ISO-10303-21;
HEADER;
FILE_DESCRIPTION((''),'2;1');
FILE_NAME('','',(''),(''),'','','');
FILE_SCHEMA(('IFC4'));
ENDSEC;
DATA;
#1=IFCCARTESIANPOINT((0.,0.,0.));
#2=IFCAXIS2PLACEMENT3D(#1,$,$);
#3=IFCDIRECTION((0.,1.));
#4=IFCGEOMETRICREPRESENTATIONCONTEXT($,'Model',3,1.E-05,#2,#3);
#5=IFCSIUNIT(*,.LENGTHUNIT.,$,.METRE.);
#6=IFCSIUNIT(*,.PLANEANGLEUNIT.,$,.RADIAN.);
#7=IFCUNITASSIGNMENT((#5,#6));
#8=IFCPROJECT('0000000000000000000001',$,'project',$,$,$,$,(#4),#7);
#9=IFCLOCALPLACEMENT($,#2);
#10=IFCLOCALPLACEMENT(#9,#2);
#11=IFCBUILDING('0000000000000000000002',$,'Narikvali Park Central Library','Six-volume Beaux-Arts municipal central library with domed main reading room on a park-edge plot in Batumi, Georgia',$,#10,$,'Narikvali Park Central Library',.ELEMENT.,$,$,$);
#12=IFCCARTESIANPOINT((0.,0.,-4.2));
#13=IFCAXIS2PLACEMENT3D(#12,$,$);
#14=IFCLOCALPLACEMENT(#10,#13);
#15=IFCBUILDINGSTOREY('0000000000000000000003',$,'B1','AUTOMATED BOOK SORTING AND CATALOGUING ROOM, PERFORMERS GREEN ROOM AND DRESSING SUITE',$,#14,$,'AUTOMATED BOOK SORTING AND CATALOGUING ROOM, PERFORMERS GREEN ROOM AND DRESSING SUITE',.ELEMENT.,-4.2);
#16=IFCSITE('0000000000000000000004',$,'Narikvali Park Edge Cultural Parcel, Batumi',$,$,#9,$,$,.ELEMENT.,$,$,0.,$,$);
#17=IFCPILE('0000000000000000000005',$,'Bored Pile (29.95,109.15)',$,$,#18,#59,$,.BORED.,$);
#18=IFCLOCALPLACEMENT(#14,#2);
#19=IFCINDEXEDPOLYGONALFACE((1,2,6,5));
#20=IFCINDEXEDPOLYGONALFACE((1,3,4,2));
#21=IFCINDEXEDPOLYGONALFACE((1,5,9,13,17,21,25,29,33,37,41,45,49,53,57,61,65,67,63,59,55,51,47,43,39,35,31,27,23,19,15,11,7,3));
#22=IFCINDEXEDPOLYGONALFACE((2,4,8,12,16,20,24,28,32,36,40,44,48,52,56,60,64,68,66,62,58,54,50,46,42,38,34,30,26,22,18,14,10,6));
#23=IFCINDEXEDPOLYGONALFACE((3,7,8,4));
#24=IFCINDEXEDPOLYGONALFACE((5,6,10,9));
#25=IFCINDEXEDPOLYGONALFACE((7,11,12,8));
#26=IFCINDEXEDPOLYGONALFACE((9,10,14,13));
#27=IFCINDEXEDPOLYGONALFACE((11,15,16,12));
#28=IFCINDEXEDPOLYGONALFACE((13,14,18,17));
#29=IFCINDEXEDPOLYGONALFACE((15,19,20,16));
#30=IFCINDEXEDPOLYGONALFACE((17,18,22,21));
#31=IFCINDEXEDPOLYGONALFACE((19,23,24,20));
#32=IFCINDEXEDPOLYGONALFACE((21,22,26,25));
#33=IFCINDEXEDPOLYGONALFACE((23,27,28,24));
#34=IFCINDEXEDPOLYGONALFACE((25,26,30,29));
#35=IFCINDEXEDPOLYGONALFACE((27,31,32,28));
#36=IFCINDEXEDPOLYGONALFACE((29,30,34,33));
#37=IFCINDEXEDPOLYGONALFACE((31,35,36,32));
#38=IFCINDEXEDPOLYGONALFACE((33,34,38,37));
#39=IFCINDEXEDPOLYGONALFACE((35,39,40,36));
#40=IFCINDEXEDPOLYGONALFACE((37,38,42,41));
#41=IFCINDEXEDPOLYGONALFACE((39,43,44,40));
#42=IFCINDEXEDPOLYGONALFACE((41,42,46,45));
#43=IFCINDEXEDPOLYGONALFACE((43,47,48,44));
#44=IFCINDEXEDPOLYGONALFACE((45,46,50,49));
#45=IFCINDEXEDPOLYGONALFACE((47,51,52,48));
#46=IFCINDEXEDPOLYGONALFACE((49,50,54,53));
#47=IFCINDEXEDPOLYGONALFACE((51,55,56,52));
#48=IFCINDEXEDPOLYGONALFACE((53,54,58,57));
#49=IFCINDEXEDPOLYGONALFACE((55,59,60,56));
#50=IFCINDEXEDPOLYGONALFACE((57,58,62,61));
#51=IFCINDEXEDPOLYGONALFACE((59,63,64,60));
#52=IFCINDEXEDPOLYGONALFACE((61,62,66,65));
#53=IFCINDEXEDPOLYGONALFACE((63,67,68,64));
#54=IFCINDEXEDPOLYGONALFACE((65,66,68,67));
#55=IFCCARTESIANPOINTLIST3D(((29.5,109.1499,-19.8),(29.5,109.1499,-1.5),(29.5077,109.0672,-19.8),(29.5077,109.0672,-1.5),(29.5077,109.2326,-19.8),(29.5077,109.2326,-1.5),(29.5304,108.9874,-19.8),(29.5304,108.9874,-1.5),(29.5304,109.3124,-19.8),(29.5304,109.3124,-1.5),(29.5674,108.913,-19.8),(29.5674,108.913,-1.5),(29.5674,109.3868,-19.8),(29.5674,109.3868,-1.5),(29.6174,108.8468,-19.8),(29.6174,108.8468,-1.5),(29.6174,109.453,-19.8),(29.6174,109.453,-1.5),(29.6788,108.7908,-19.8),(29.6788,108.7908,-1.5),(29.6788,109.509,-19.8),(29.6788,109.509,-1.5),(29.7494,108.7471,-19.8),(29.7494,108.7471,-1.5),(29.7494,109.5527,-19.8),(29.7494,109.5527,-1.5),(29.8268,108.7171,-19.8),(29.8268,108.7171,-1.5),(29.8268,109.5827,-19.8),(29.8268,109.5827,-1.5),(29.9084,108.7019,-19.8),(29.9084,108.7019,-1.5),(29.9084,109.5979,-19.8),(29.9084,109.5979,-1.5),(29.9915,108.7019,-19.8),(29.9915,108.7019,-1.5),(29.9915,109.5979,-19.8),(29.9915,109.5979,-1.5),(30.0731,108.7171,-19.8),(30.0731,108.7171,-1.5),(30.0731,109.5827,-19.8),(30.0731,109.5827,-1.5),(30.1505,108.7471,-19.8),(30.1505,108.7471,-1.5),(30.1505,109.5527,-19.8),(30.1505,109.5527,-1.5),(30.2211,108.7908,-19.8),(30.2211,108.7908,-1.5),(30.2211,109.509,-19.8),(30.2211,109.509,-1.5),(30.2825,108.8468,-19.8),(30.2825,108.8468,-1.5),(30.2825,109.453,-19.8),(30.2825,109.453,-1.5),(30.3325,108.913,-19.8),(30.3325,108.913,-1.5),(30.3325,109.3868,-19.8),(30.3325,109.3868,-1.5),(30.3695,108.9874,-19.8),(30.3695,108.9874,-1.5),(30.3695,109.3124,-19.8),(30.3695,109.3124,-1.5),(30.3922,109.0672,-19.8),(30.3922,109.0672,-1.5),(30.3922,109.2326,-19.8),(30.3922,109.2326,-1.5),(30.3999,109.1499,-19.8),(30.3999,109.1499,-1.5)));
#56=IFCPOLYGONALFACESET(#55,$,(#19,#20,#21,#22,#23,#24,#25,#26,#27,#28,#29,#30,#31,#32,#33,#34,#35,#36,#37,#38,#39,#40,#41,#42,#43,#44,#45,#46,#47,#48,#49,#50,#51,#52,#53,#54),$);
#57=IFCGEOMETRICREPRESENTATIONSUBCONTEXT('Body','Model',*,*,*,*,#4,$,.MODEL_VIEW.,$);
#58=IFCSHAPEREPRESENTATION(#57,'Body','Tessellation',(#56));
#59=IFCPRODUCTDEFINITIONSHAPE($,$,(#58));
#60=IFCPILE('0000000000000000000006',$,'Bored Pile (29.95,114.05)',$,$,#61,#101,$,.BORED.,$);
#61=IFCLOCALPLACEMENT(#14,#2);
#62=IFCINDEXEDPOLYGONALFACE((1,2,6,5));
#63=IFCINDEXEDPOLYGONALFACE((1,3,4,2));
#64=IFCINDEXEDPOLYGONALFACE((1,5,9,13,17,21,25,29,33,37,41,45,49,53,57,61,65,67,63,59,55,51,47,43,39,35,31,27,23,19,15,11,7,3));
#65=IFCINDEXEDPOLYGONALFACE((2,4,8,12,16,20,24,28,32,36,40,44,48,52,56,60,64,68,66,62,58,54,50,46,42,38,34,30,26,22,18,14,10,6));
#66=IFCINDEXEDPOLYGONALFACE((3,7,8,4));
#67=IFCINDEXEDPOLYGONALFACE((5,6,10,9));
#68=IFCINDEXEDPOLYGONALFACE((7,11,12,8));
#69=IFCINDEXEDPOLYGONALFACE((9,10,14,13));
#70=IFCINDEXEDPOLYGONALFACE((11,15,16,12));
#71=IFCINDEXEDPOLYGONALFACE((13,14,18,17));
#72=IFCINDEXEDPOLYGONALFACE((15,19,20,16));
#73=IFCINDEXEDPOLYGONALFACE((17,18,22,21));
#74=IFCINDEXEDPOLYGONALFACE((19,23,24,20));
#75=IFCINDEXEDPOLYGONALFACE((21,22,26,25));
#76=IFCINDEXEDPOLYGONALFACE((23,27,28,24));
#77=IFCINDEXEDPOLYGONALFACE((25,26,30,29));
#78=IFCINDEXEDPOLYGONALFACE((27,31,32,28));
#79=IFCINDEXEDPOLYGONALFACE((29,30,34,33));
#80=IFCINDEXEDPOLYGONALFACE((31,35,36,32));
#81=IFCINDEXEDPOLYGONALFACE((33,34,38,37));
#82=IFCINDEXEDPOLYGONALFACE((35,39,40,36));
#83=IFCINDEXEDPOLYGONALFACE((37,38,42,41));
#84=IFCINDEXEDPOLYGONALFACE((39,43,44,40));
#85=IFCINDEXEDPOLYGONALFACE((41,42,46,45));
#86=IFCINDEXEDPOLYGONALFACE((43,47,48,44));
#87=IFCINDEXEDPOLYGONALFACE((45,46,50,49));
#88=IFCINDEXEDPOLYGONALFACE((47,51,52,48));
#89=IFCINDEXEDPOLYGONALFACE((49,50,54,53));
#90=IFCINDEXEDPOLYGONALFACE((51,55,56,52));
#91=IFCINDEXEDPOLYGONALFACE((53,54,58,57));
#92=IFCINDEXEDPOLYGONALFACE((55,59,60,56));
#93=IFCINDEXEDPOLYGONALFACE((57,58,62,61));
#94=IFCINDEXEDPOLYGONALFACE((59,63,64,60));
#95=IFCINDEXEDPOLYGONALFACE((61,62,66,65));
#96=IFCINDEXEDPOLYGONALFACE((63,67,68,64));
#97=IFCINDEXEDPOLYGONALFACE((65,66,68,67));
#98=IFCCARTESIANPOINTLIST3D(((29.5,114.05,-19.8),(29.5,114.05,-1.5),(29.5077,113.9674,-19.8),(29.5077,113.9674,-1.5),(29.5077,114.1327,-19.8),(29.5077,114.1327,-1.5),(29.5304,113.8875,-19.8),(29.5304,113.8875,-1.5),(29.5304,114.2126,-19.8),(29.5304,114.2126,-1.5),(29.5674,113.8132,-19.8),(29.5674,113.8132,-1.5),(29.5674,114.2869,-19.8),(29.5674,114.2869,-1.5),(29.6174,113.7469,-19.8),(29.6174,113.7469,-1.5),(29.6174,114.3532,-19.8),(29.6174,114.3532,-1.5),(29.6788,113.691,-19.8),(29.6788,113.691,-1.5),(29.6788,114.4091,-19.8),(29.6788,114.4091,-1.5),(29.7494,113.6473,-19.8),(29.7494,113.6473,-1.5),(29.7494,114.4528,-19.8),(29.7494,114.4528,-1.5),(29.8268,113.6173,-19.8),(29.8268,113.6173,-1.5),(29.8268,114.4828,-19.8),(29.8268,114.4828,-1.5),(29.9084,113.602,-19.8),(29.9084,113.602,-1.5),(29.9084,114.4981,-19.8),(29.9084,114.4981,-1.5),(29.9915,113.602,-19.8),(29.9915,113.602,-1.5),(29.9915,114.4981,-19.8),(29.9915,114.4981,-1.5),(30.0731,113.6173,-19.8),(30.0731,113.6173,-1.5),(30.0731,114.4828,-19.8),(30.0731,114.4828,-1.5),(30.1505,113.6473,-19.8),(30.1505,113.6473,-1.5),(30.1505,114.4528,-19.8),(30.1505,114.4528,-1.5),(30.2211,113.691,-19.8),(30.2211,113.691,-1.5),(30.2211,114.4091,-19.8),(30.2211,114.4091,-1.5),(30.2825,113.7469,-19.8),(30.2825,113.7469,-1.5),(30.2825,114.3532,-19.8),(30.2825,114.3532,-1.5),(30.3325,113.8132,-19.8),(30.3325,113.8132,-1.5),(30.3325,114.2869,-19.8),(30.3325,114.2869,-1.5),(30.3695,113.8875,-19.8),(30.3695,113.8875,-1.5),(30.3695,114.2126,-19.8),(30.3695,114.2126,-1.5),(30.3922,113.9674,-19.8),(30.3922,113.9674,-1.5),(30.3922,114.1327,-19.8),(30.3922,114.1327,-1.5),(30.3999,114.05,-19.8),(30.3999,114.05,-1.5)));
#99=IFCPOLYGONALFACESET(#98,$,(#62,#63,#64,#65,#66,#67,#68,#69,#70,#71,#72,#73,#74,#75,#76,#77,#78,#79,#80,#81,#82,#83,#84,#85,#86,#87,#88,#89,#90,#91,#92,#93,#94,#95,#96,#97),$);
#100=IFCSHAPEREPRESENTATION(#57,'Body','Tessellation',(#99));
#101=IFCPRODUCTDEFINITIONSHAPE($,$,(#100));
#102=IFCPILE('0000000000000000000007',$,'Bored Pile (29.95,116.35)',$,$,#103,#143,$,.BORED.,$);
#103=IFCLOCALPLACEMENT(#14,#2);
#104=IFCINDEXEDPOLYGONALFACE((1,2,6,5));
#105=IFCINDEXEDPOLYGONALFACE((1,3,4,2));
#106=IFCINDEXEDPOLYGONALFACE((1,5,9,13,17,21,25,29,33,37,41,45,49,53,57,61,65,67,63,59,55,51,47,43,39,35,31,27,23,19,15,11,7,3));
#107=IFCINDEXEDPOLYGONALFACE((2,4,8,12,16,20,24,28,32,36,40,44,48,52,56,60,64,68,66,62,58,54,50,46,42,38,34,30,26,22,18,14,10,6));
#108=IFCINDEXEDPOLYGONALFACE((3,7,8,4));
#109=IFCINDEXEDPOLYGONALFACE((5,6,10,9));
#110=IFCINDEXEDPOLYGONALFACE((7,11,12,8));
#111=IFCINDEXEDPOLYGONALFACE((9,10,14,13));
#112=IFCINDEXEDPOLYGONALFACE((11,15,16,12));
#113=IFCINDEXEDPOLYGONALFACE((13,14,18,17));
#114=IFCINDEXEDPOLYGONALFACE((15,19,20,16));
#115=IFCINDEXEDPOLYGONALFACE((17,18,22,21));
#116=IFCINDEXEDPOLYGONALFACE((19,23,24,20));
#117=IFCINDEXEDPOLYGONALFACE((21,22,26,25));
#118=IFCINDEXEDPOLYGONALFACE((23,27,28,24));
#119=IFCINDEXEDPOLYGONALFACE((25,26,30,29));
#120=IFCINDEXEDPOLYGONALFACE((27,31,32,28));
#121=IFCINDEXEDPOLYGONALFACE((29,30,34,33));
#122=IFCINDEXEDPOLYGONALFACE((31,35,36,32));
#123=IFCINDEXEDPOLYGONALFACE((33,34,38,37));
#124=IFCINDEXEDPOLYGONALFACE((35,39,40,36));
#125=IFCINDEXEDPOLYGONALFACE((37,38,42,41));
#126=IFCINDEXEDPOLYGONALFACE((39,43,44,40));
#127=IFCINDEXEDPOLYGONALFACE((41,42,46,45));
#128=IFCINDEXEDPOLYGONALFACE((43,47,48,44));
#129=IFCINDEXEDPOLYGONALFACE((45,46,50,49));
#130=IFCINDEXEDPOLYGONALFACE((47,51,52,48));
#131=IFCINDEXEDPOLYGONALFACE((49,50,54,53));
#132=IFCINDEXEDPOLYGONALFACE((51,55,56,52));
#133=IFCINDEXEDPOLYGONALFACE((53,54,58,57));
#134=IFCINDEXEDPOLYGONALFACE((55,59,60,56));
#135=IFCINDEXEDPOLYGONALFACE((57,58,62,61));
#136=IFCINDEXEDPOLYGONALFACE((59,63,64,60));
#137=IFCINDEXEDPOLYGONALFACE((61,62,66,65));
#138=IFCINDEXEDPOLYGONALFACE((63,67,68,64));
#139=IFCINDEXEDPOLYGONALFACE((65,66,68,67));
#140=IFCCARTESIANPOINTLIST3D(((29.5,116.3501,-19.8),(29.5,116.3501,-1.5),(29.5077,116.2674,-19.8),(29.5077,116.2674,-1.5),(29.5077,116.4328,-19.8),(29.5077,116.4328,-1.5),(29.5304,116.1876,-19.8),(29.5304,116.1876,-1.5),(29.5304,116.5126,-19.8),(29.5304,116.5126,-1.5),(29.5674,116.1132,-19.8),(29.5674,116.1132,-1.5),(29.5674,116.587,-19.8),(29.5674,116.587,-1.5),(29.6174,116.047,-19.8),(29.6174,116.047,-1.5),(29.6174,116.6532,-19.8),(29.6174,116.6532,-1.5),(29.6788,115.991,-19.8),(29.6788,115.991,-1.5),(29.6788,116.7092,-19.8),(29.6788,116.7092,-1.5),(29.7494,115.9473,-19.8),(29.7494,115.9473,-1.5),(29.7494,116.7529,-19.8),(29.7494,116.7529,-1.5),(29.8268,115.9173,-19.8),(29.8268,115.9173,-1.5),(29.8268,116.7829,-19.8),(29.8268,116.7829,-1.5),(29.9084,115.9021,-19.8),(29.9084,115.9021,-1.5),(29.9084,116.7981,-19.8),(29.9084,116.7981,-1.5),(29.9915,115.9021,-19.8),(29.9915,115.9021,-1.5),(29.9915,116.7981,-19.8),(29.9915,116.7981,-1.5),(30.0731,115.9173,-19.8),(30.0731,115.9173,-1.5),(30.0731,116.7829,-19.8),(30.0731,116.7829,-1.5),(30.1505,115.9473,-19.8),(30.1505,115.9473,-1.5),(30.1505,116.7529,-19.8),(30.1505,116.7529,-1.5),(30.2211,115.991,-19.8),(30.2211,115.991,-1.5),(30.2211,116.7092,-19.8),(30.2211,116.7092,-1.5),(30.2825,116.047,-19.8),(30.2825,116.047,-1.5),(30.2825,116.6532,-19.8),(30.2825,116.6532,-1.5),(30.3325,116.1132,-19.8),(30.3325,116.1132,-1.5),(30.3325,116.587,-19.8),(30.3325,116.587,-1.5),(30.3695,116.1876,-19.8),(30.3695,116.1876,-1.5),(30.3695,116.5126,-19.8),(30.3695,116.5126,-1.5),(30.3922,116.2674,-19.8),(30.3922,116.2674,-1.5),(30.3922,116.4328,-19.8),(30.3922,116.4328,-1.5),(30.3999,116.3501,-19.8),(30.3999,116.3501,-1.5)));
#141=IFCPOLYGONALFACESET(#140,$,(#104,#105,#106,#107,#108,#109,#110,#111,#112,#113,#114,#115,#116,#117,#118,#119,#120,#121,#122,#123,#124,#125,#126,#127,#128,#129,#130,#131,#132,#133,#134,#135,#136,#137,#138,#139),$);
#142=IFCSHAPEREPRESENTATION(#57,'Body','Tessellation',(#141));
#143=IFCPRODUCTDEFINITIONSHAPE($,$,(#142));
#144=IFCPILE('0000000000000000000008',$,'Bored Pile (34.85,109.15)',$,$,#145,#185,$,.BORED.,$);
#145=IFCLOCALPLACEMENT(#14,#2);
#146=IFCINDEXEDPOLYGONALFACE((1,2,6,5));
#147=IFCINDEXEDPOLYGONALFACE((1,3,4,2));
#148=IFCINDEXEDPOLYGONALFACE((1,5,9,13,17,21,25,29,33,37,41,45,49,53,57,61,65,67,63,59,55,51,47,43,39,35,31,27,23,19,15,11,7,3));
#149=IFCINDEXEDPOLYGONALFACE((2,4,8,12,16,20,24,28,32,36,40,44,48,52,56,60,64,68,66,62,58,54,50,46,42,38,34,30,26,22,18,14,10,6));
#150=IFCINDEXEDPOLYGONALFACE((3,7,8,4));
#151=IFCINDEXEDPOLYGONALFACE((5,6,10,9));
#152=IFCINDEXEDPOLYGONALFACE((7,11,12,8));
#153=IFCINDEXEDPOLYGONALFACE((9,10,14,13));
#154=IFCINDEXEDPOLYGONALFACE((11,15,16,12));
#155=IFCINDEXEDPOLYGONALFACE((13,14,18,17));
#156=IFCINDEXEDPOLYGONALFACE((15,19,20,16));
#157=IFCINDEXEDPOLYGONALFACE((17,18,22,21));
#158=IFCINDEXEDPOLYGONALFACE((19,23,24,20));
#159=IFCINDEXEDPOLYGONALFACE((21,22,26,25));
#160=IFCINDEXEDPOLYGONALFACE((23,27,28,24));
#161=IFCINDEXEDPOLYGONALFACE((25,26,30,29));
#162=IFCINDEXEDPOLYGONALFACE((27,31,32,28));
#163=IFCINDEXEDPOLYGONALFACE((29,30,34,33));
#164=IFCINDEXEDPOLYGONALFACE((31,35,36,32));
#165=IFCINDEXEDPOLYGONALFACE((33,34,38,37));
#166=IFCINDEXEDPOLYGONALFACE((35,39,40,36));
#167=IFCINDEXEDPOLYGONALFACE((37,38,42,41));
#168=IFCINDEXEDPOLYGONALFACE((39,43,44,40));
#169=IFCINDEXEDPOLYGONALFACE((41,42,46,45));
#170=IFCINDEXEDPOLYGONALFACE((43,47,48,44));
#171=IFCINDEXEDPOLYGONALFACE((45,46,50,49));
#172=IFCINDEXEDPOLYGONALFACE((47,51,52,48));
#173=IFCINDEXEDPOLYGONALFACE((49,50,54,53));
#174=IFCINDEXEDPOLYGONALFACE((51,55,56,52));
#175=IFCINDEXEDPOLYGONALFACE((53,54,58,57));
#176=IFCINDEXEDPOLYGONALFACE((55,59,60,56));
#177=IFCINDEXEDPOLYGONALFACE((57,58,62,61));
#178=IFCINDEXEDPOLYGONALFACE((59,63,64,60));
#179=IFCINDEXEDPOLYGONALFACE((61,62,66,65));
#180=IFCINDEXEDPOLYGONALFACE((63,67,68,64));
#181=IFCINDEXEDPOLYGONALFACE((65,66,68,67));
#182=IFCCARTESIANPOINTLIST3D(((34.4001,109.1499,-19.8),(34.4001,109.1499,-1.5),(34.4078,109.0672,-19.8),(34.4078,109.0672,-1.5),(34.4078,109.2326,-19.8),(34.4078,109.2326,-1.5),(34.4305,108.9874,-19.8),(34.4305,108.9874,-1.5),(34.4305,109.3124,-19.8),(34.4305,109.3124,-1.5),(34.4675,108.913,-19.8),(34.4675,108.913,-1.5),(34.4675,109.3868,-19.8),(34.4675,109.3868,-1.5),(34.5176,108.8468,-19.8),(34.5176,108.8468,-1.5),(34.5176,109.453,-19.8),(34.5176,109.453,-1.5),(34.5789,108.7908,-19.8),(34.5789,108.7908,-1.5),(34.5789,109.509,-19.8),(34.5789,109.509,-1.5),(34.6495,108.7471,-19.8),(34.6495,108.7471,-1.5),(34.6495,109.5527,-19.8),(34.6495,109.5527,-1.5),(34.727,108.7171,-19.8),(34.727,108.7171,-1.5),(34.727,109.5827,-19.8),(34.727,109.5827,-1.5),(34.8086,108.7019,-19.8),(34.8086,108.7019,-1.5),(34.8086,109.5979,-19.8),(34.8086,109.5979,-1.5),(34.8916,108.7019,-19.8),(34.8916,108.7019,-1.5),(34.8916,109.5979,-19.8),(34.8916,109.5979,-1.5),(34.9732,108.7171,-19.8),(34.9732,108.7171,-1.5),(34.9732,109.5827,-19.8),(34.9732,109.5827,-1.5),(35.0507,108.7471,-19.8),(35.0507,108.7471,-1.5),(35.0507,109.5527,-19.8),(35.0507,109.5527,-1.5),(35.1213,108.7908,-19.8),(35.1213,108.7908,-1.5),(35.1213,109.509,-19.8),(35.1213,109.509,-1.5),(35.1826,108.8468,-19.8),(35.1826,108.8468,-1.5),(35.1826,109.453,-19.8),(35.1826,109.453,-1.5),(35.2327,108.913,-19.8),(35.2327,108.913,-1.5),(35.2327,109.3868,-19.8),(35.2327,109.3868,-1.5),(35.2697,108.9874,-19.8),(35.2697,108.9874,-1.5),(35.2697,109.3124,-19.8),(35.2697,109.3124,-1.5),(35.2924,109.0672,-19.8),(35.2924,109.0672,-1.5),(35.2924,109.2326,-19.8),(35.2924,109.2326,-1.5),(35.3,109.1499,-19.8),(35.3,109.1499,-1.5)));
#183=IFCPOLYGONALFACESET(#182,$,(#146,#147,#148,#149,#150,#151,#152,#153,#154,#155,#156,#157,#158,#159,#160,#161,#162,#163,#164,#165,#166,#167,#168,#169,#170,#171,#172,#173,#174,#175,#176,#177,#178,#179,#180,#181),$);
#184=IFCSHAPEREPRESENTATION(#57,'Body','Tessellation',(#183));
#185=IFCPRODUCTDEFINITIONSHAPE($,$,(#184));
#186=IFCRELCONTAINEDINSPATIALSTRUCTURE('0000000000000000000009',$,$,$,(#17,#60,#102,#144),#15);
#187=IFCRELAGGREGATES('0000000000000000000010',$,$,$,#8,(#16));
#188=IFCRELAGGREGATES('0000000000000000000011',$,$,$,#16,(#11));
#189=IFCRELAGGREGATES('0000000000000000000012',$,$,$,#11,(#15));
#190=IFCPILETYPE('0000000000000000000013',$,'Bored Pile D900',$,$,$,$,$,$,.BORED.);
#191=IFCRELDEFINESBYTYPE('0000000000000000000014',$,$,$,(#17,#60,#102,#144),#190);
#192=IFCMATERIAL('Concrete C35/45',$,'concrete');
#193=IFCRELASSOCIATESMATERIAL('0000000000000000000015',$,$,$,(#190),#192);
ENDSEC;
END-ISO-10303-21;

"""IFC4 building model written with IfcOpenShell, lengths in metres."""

from ifc_helpers import new_model, si_unit, direction, frame, origin, origin_2d, place, context, subcontext, project, spatial, circle, extrude, material, material_profile, profile_set, type_object, element, save


model = new_model("IFC4")

# Units and contexts
model_context = context("Model", 3, precision=1e-05, world=origin(), true_north=direction((0.0, 1.0)))
body_context = subcontext(model_context, "Body", "Model", "MODEL_VIEW")
ifc_project = project(units=[si_unit("LENGTHUNIT", "METRE"), si_unit("PLANEANGLEUNIT", "RADIAN")], contexts=[model_context])

# Site, building, storey
site_placement = place(None, origin())
site = spatial("IfcSite", under=ifc_project, at=site_placement, Name="Narikvali Park Edge Cultural Parcel, Batumi", CompositionType="ELEMENT", RefElevation=0.0)
building_placement = place(site_placement, origin())
building = spatial("IfcBuilding", under=site, at=building_placement, Name="Narikvali Park Central Library", Description="Six-volume Beaux-Arts municipal central library with domed main reading room on a park-edge plot in Batumi, Georgia", LongName="Narikvali Park Central Library", CompositionType="ELEMENT")
storey_placement = place(building_placement, frame((0.0, 0.0, -4.2)))
storey = spatial("IfcBuildingStorey", under=building, at=storey_placement, Name="B1", Description="AUTOMATED BOOK SORTING AND CATALOGUING ROOM, PERFORMERS GREEN ROOM AND DRESSING SUITE", LongName="AUTOMATED BOOK SORTING AND CATALOGUING ROOM, PERFORMERS GREEN ROOM AND DRESSING SUITE", CompositionType="ELEMENT", Elevation=-4.2)

# Piles
ifc_material_1 = material(Name="Concrete C35/45", Category="concrete")
ifc_material_profile_1 = material_profile(ifc_material_1, circle(Radius=0.45, at=origin_2d()), Name="PILE D900")
ifc_profile_set_1 = profile_set([ifc_material_profile_1], Name="Concrete C35/45")
pile_type = type_object("IfcPileType", Name="Bored Pile D900", PredefinedType="BORED", material=ifc_profile_set_1)
for number, where, z_axis, x_axis, name in (
    (1, (29.95, 109.1499, -1.5), (0.0, 0.0, -1.0), (1.0, 0.0, 0.0), "Bored Pile (29.95,109.15)"),
    (2, (29.95, 114.05, -1.5), (0.0, 0.0, -1.0), (1.0, 0.0, 0.0), "Bored Pile (29.95,114.05)"),
    (3, (29.95, 116.3501, -1.5), (0.0, 0.0, -1.0), (1.0, 0.0, 0.0), "Bored Pile (29.95,116.35)"),
    (4, (34.8501, 109.1499, -1.5), (0.0, 0.0, -1.0), (1.0, 0.0, 0.0), "Bored Pile (34.85,109.15)"),
):
    element("IfcPile", number, at=place(storey_placement, frame(where, z_axis=z_axis, x_axis=x_axis)), inside=storey, type_object=pile_type, Name=name, PredefinedType="BORED", context=body_context, shape_type="SweptSolid", body=[
        extrude(circle(Radius=0.45, at=origin_2d()), origin(), (0.0, 0.0, 1.0), 18.3),
    ])

save(model, "model.ifc")
